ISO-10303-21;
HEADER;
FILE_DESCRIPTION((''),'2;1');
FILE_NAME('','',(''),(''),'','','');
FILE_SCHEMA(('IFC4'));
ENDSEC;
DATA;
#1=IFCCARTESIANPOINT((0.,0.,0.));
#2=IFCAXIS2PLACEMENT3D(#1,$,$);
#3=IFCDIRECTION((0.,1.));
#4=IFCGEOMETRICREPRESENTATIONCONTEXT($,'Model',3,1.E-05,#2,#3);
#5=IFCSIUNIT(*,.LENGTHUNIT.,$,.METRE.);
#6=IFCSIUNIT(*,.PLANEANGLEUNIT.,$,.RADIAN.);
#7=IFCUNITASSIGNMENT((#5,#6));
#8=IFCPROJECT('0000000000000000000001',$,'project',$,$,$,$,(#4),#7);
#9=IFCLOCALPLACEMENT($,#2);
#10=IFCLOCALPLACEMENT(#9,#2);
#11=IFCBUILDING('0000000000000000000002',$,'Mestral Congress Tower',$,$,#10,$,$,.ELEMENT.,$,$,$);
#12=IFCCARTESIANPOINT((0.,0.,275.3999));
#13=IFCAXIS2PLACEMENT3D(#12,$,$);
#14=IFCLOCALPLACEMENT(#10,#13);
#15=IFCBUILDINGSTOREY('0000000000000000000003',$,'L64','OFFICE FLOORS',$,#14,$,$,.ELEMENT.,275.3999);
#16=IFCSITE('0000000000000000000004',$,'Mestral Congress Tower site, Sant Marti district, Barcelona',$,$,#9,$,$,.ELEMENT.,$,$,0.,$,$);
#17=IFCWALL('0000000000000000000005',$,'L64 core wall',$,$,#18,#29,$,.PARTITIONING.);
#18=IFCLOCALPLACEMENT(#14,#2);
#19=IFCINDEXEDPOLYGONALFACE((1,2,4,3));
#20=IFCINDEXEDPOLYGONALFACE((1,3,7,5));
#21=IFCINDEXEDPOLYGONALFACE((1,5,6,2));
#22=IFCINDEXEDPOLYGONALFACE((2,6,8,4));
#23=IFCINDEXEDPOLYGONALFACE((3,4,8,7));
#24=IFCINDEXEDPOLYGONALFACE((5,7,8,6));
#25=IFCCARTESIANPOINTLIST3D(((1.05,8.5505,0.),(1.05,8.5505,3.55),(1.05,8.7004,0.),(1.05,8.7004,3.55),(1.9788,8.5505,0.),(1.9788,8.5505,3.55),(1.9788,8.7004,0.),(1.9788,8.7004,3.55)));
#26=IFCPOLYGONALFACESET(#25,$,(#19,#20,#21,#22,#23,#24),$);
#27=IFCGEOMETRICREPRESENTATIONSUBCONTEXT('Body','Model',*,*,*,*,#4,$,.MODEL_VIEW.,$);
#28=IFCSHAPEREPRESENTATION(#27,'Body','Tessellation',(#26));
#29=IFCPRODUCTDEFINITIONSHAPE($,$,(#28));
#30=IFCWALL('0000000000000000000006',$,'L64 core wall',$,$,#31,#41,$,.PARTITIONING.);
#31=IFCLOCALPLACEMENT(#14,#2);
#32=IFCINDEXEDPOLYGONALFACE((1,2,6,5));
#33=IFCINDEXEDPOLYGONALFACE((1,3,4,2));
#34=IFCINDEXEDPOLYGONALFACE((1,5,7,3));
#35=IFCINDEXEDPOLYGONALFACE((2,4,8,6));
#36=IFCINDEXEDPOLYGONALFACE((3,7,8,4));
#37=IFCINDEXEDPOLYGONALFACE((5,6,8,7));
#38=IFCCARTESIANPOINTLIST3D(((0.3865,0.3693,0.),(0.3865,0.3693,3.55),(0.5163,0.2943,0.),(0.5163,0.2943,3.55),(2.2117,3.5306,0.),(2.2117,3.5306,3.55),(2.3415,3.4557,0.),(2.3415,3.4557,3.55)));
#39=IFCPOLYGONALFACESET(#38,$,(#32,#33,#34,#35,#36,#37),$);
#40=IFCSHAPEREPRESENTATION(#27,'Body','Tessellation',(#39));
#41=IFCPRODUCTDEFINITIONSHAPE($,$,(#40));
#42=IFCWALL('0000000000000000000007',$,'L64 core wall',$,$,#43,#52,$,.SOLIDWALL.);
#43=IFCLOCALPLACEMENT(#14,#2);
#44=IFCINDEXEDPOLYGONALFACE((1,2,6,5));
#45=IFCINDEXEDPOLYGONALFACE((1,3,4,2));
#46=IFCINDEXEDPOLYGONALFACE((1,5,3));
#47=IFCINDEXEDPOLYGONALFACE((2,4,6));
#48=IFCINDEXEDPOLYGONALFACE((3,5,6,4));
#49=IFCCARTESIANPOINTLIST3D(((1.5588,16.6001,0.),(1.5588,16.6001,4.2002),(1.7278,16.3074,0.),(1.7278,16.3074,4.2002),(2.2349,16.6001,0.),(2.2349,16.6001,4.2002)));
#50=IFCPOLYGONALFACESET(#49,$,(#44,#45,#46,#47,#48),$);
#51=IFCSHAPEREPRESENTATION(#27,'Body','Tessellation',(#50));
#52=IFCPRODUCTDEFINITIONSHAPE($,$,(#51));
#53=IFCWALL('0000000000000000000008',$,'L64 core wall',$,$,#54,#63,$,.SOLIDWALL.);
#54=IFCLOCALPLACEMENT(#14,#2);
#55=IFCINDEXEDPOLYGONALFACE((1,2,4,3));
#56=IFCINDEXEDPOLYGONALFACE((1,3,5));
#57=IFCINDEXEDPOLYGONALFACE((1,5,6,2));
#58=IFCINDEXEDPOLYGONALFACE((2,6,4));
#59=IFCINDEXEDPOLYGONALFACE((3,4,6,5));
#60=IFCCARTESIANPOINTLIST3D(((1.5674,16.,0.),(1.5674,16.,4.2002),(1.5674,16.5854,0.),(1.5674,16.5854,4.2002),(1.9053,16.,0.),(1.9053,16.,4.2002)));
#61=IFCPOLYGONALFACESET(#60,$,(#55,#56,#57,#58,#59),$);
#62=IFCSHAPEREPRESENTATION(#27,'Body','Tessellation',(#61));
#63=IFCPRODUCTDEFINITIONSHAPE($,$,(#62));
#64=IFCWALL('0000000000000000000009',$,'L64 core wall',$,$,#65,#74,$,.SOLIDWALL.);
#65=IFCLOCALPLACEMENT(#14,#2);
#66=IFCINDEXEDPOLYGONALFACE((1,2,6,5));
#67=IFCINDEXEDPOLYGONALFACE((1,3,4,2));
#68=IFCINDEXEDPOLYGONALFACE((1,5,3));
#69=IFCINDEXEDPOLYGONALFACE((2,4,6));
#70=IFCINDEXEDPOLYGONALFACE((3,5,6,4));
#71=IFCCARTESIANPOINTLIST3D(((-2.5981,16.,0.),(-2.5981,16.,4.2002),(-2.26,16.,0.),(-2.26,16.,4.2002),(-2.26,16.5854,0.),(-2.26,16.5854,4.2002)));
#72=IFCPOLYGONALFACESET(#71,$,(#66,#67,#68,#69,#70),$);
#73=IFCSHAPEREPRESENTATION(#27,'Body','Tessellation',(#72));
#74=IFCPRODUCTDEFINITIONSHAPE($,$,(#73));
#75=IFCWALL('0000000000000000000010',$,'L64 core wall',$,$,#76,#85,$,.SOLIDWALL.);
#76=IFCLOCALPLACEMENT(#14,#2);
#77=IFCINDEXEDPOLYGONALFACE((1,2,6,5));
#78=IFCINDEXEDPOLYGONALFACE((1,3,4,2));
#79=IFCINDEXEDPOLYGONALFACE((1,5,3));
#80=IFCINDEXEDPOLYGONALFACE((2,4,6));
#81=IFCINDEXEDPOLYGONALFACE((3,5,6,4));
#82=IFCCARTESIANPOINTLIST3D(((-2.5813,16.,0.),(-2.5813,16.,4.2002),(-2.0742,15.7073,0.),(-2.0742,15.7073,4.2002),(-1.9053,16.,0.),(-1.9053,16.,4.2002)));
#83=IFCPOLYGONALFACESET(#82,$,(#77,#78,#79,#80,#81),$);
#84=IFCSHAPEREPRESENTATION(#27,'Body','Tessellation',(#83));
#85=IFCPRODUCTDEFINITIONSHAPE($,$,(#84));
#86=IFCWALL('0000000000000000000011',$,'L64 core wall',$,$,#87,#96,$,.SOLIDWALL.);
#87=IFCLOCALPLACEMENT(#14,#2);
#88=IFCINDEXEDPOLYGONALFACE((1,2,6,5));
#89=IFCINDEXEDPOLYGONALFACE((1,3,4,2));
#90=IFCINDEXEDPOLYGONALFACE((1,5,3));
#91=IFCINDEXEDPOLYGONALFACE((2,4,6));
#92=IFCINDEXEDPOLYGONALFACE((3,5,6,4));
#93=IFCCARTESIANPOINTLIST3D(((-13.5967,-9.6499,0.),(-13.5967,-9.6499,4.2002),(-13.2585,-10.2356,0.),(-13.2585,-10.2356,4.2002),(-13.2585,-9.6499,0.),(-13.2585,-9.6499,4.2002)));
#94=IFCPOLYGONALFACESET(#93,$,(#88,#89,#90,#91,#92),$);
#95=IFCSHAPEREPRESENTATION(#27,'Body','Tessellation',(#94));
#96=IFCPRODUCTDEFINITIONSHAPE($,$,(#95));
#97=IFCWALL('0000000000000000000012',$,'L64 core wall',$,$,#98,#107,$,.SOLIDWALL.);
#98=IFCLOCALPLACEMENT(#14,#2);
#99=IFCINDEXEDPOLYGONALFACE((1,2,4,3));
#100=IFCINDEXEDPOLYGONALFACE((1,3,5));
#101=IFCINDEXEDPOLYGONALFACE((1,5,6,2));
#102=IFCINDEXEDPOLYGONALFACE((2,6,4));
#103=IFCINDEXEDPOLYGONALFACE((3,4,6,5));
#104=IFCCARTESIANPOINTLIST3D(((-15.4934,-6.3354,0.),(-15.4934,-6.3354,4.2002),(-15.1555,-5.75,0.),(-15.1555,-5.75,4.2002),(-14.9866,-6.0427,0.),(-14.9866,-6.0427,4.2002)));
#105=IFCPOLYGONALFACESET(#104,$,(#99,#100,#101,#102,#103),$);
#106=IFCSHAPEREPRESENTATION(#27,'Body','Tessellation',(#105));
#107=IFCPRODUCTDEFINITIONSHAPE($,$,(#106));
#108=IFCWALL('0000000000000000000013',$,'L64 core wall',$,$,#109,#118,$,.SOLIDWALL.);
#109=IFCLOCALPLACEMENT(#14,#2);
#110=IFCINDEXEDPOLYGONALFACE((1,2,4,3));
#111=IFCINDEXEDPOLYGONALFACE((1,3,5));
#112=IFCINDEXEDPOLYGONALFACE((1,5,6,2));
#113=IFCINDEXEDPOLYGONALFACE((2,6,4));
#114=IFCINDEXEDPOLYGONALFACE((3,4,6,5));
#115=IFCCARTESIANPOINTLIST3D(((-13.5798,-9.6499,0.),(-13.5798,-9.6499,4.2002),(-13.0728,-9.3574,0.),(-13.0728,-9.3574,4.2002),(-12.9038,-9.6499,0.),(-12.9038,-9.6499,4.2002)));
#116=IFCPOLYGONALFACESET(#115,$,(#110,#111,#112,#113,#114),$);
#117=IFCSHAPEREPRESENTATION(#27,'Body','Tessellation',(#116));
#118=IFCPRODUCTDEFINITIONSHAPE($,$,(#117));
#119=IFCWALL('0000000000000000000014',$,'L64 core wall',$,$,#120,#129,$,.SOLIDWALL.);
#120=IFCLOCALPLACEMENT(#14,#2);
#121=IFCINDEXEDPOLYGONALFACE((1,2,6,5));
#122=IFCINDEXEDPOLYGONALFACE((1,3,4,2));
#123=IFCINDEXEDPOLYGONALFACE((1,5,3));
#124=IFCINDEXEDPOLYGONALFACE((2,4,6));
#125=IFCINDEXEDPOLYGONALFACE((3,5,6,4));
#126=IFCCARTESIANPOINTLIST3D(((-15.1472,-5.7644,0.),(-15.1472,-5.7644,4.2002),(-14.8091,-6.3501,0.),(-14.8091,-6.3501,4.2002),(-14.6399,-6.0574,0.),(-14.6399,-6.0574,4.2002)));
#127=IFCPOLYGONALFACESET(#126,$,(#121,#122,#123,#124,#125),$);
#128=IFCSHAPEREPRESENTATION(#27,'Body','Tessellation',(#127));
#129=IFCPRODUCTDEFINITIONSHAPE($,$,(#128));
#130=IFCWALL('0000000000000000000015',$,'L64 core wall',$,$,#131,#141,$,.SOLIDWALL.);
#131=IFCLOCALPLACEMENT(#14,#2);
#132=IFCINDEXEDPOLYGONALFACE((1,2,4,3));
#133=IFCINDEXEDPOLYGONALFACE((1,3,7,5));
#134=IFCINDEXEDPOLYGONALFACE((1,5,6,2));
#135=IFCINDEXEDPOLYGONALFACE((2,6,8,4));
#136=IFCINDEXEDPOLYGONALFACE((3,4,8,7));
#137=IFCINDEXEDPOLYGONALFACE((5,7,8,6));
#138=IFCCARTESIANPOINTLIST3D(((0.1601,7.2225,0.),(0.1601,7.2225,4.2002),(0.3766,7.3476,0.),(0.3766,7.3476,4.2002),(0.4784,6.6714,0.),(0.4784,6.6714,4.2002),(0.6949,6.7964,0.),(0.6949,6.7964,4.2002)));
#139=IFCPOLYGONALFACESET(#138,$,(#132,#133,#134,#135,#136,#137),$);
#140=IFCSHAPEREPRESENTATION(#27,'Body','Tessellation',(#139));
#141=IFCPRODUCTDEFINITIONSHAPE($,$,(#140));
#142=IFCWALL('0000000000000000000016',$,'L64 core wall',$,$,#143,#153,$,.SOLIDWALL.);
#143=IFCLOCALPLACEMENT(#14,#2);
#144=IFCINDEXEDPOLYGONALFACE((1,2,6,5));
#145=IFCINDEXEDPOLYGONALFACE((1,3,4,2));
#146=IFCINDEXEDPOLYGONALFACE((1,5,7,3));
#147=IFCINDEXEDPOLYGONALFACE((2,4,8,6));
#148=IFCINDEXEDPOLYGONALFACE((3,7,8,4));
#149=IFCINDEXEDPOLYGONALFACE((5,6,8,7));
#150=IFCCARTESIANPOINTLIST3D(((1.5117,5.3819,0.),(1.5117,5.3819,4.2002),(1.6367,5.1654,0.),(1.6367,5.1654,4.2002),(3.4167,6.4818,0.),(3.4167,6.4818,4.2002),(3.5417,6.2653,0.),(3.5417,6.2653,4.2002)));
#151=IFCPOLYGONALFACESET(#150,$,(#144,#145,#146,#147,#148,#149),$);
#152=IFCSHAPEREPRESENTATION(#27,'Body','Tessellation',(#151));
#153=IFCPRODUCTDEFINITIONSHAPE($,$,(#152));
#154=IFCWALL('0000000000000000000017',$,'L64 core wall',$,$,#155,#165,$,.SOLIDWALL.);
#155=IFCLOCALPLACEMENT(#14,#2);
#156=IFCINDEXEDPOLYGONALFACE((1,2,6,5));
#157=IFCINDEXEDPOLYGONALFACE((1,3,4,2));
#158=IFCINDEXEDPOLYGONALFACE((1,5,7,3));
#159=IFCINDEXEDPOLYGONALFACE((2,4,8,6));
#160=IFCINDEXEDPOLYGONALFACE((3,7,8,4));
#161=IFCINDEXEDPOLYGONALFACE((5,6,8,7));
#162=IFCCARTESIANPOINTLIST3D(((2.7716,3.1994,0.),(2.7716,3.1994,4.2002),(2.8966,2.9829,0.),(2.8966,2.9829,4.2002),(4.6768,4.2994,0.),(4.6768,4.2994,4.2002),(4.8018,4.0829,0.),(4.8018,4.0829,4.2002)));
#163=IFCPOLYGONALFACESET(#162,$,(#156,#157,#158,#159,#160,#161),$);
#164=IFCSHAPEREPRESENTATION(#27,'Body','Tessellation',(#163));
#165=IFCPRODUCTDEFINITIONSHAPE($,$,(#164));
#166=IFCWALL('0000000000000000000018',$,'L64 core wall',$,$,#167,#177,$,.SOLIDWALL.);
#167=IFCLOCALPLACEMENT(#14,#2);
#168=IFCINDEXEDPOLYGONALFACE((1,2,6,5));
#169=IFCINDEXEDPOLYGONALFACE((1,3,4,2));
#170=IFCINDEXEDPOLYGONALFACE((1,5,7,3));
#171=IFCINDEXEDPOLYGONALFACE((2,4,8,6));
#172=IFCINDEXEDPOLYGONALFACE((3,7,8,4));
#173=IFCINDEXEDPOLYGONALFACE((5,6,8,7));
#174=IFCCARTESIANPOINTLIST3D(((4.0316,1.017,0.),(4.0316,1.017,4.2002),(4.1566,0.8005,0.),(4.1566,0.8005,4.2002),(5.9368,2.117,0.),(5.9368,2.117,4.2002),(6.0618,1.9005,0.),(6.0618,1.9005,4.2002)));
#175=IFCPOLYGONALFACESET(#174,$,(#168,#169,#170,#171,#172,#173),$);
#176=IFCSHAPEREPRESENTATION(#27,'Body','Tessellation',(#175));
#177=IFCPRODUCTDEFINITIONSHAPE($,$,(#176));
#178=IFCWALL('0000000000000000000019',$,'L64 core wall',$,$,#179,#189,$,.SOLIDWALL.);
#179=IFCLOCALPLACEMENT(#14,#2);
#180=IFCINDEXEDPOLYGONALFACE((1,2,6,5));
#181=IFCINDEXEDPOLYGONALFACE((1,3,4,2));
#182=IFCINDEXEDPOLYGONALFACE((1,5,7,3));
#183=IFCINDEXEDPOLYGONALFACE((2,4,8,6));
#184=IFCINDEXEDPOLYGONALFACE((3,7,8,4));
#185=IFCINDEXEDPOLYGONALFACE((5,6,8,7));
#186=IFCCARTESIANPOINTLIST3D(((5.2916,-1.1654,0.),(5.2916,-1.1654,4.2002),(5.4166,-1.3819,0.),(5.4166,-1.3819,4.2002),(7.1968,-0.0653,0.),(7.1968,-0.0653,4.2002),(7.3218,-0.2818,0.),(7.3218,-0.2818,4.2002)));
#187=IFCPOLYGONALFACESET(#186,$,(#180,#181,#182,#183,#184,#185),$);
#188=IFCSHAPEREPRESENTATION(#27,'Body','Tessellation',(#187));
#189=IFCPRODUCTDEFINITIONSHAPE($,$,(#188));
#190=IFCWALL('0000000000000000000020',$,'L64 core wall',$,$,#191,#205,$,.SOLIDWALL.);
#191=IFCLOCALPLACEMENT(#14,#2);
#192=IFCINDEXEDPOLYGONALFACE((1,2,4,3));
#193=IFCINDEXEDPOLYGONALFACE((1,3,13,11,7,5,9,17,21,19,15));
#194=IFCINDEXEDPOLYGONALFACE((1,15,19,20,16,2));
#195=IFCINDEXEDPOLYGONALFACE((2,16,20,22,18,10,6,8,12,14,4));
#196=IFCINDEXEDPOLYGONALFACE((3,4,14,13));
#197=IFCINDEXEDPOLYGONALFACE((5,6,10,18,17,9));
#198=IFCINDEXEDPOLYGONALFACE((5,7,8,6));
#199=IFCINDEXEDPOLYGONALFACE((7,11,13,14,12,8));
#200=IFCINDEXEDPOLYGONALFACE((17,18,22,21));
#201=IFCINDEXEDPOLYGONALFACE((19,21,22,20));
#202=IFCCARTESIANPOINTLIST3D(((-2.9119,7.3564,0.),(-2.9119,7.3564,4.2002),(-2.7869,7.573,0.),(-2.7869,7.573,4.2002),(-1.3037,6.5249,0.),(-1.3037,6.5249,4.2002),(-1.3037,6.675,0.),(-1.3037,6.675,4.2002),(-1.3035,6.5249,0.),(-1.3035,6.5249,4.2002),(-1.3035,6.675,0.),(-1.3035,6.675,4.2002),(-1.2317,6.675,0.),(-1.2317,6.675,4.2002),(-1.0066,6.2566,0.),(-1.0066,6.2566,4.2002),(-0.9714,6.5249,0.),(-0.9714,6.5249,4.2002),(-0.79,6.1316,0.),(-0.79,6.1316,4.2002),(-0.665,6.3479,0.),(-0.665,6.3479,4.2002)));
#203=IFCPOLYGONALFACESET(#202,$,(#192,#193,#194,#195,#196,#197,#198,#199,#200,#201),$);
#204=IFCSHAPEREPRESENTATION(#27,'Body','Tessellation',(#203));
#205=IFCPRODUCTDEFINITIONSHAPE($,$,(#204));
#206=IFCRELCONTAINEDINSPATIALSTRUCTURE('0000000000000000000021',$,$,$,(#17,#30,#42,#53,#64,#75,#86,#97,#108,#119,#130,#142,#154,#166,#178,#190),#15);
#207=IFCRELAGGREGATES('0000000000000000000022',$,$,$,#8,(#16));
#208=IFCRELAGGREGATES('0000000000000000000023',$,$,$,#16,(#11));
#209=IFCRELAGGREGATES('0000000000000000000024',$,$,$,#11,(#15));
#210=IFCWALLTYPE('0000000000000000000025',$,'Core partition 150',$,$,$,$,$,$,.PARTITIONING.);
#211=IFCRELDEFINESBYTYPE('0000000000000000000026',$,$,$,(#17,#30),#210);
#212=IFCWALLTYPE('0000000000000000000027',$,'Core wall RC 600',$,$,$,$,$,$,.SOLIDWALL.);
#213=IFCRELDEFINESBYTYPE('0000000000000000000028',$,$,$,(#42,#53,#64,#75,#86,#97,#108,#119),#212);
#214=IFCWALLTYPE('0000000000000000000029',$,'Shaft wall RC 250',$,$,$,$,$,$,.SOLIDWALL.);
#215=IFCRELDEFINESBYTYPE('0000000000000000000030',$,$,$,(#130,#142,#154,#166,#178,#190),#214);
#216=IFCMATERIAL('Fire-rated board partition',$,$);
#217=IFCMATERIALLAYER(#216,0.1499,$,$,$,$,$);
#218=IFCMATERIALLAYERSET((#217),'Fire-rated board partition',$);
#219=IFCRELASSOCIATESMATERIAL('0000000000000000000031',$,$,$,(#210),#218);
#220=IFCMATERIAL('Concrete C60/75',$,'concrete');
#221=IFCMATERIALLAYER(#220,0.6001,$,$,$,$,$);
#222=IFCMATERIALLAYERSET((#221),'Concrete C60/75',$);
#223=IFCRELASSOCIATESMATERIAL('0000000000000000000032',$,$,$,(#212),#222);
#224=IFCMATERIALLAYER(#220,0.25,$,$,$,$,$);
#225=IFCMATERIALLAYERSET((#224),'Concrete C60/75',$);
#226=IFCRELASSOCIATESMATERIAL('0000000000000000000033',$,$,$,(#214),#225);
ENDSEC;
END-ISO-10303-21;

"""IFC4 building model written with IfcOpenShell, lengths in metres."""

from ifc_helpers import new_model, si_unit, direction, frame, frame_2d, origin, place, context, subcontext, project, spatial, polyline, rectangle, outline, extrude, material, layer, layer_set, type_object, element, save


model = new_model("IFC4")

# Units and contexts
model_context = context("Model", 3, precision=1e-05, world=origin(), true_north=direction((0.0, 1.0)))
body_context = subcontext(model_context, "Body", "Model", "MODEL_VIEW")
ifc_project = project(units=[si_unit("LENGTHUNIT", "METRE"), si_unit("PLANEANGLEUNIT", "RADIAN")], contexts=[model_context])

# Site, building, storey
site_placement = place(None, origin())
site = spatial("IfcSite", under=ifc_project, at=site_placement, Name="Mestral Congress Tower site, Sant Marti district, Barcelona", CompositionType="ELEMENT", RefElevation=0.0)
building_placement = place(site_placement, origin())
building = spatial("IfcBuilding", under=site, at=building_placement, Name="Mestral Congress Tower", CompositionType="ELEMENT")
storey_placement = place(building_placement, frame((0.0, 0.0, 275.3999)))
storey = spatial("IfcBuildingStorey", under=building, at=storey_placement, Name="L64", Description="OFFICE FLOORS", CompositionType="ELEMENT", Elevation=275.3999)

# Walls
ifc_material_1 = material(Name="Fire-rated board partition")
ifc_layer_1 = layer(ifc_material_1, 0.1499)
ifc_layer_set_1 = layer_set([ifc_layer_1], Name="Fire-rated board partition")
wall_type_1 = type_object("IfcWallType", Name="Core partition 150", PredefinedType="PARTITIONING", material=ifc_layer_set_1)
wall_1_placement = place(storey_placement, frame((1.05, 8.6255, 0.0), z_axis=(0.0, 0.0, 1.0), x_axis=(1.0, 0.0, 0.0)))
element("IfcWall", 1, at=wall_1_placement, inside=storey, type_object=wall_type_1, Name="L64 core wall", PredefinedType="PARTITIONING", context=body_context, shape_type="SweptSolid", body=[
    extrude(rectangle(XDim=0.9287, YDim=0.1499, at=frame_2d((0.4644, 0.0))), origin(), (0.0, 0.0, 1.0), 3.55),
])
wall_2_placement = place(storey_placement, frame((2.2766, 3.4932, 0.0), z_axis=(0.0, 0.0, 1.0), x_axis=(-0.499995, -0.866029, 0.0)))
element("IfcWall", 2, at=wall_2_placement, inside=storey, type_object=wall_type_1, Name="L64 core wall", PredefinedType="PARTITIONING", context=body_context, shape_type="SweptSolid", body=[
    extrude(rectangle(XDim=3.6504, YDim=0.1499, at=frame_2d((1.8252, 0.0))), origin(), (0.0, 0.0, 1.0), 3.55),
])
ifc_material_2 = material(Name="Concrete C60/75", Category="concrete")
ifc_layer_2 = layer(ifc_material_2, 0.6001)
ifc_layer_set_2 = layer_set([ifc_layer_2], Name="Concrete C60/75")
wall_type_2 = type_object("IfcWallType", Name="Core wall RC 600", PredefinedType="SOLIDWALL", material=ifc_layer_set_2)
placement = place(storey_placement, origin())
element("IfcWall", 3, at=placement, inside=storey, type_object=wall_type_2, Name="L64 core wall", PredefinedType="SOLIDWALL", context=body_context, shape_type="SweptSolid", body=[
    extrude(outline(polyline([(1.5588, 16.6001), (2.2349, 16.6001), (1.7278, 16.3074), (1.5588, 16.6001)])), origin(), (0.0, 0.0, 1.0), 4.2002),
])
element("IfcWall", 4, at=placement, inside=storey, type_object=wall_type_2, Name="L64 core wall", PredefinedType="SOLIDWALL", context=body_context, shape_type="SweptSolid", body=[
    extrude(outline(polyline([(1.9053, 16.0), (1.5674, 16.0), (1.5674, 16.5854), (1.9053, 16.0)])), origin(), (0.0, 0.0, 1.0), 4.2002),
])
element("IfcWall", 5, at=placement, inside=storey, type_object=wall_type_2, Name="L64 core wall", PredefinedType="SOLIDWALL", context=body_context, shape_type="SweptSolid", body=[
    extrude(outline(polyline([(-2.5981, 16.0), (-2.26, 16.5854), (-2.26, 16.0), (-2.5981, 16.0)])), origin(), (0.0, 0.0, 1.0), 4.2002),
])
element("IfcWall", 6, at=placement, inside=storey, type_object=wall_type_2, Name="L64 core wall", PredefinedType="SOLIDWALL", context=body_context, shape_type="SweptSolid", body=[
    extrude(outline(polyline([(-1.9053, 16.0), (-2.0742, 15.7073), (-2.5813, 16.0), (-1.9053, 16.0)])), origin(), (0.0, 0.0, 1.0), 4.2002),
])
element("IfcWall", 7, at=placement, inside=storey, type_object=wall_type_2, Name="L64 core wall", PredefinedType="SOLIDWALL", context=body_context, shape_type="SweptSolid", body=[
    extrude(outline(polyline([(-13.5967, -9.6499), (-13.2585, -9.6499), (-13.2585, -10.2356), (-13.5967, -9.6499)])), origin(), (0.0, 0.0, 1.0), 4.2002),
])
element("IfcWall", 8, at=placement, inside=storey, type_object=wall_type_2, Name="L64 core wall", PredefinedType="SOLIDWALL", context=body_context, shape_type="SweptSolid", body=[
    extrude(outline(polyline([(-14.9866, -6.0427), (-15.4934, -6.3354), (-15.1555, -5.75), (-14.9866, -6.0427)])), origin(), (0.0, 0.0, 1.0), 4.2002),
])
element("IfcWall", 9, at=placement, inside=storey, type_object=wall_type_2, Name="L64 core wall", PredefinedType="SOLIDWALL", context=body_context, shape_type="SweptSolid", body=[
    extrude(outline(polyline([(-12.9038, -9.6499), (-13.5798, -9.6499), (-13.0728, -9.3574), (-12.9038, -9.6499)])), origin(), (0.0, 0.0, 1.0), 4.2002),
])
element("IfcWall", 10, at=placement, inside=storey, type_object=wall_type_2, Name="L64 core wall", PredefinedType="SOLIDWALL", context=body_context, shape_type="SweptSolid", body=[
    extrude(outline(polyline([(-14.8091, -6.3501), (-15.1472, -5.7644), (-14.6399, -6.0574), (-14.8091, -6.3501)])), origin(), (0.0, 0.0, 1.0), 4.2002),
])
ifc_layer_3 = layer(ifc_material_2, 0.25)
ifc_layer_set_3 = layer_set([ifc_layer_3], Name="Concrete C60/75")
wall_type_3 = type_object("IfcWallType", Name="Shaft wall RC 250", PredefinedType="SOLIDWALL", material=ifc_layer_set_3)
wall_3_placement = place(storey_placement, frame((0.2683, 7.2852, 0.0), z_axis=(0.0, 0.0, 1.0), x_axis=(0.500099, -0.865968, 0.0)))
element("IfcWall", 11, at=wall_3_placement, inside=storey, type_object=wall_type_3, Name="L64 core wall", PredefinedType="SOLIDWALL", context=body_context, shape_type="SweptSolid", body=[
    extrude(rectangle(XDim=0.6365, YDim=0.25, at=frame_2d((0.3184, 0.0))), origin(), (0.0, 0.0, 1.0), 4.2002),
])
wall_4_placement = place(storey_placement, frame((1.5742, 5.2737, 0.0), z_axis=(0.0, 0.0, 1.0), x_axis=(0.866028, 0.499995, 0.0)))
element("IfcWall", 12, at=wall_4_placement, inside=storey, type_object=wall_type_3, Name="L64 core wall", PredefinedType="SOLIDWALL", context=body_context, shape_type="SweptSolid", body=[
    extrude(rectangle(XDim=2.1997, YDim=0.25, at=frame_2d((1.0999, 0.0))), origin(), (0.0, 0.0, 1.0), 4.2002),
])
for number, where, z_axis, x_axis, name in (
    (13, (2.834, 3.0911, 0.0), (0.0, 0.0, 1.0), (0.866008, 0.50003, 0.0), "L64 core wall"),
    (14, (4.094, 0.9087, 0.0), (0.0, 0.0, 1.0), (0.866008, 0.50003, 0.0), "L64 core wall"),
    (15, (5.354, -1.2737, 0.0), (0.0, 0.0, 1.0), (0.866008, 0.50003, 0.0), "L64 core wall"),
):
    element("IfcWall", number, at=place(storey_placement, frame(where, z_axis=z_axis, x_axis=x_axis)), inside=storey, type_object=wall_type_3, Name=name, PredefinedType="SOLIDWALL", context=body_context, shape_type="SweptSolid", body=[
        extrude(rectangle(XDim=2.2, YDim=0.25, at=frame_2d((1.1001, 0.0))), origin(), (0.0, 0.0, 1.0), 4.2002),
    ])
element("IfcWall", 16, at=placement, inside=storey, type_object=wall_type_3, Name="L64 core wall", PredefinedType="SOLIDWALL", context=body_context, shape_type="SweptSolid", body=[
    extrude(outline(polyline([(-2.9119, 7.3564), (-2.7869, 7.573), (-1.2317, 6.675), (-1.3035, 6.675), (-1.3037, 6.675), (-1.3037, 6.675), (-1.3037, 6.5249), (-1.3037, 6.5249), (-1.3035, 6.5249), (-0.9714, 6.5249), (-0.665, 6.3479), (-0.79, 6.1316), (-1.0066, 6.2566), (-1.0066, 6.2566), (-2.9119, 7.3564)])), origin(), (0.0, 0.0, 1.0), 4.2002),
])

save(model, "model.ifc")
